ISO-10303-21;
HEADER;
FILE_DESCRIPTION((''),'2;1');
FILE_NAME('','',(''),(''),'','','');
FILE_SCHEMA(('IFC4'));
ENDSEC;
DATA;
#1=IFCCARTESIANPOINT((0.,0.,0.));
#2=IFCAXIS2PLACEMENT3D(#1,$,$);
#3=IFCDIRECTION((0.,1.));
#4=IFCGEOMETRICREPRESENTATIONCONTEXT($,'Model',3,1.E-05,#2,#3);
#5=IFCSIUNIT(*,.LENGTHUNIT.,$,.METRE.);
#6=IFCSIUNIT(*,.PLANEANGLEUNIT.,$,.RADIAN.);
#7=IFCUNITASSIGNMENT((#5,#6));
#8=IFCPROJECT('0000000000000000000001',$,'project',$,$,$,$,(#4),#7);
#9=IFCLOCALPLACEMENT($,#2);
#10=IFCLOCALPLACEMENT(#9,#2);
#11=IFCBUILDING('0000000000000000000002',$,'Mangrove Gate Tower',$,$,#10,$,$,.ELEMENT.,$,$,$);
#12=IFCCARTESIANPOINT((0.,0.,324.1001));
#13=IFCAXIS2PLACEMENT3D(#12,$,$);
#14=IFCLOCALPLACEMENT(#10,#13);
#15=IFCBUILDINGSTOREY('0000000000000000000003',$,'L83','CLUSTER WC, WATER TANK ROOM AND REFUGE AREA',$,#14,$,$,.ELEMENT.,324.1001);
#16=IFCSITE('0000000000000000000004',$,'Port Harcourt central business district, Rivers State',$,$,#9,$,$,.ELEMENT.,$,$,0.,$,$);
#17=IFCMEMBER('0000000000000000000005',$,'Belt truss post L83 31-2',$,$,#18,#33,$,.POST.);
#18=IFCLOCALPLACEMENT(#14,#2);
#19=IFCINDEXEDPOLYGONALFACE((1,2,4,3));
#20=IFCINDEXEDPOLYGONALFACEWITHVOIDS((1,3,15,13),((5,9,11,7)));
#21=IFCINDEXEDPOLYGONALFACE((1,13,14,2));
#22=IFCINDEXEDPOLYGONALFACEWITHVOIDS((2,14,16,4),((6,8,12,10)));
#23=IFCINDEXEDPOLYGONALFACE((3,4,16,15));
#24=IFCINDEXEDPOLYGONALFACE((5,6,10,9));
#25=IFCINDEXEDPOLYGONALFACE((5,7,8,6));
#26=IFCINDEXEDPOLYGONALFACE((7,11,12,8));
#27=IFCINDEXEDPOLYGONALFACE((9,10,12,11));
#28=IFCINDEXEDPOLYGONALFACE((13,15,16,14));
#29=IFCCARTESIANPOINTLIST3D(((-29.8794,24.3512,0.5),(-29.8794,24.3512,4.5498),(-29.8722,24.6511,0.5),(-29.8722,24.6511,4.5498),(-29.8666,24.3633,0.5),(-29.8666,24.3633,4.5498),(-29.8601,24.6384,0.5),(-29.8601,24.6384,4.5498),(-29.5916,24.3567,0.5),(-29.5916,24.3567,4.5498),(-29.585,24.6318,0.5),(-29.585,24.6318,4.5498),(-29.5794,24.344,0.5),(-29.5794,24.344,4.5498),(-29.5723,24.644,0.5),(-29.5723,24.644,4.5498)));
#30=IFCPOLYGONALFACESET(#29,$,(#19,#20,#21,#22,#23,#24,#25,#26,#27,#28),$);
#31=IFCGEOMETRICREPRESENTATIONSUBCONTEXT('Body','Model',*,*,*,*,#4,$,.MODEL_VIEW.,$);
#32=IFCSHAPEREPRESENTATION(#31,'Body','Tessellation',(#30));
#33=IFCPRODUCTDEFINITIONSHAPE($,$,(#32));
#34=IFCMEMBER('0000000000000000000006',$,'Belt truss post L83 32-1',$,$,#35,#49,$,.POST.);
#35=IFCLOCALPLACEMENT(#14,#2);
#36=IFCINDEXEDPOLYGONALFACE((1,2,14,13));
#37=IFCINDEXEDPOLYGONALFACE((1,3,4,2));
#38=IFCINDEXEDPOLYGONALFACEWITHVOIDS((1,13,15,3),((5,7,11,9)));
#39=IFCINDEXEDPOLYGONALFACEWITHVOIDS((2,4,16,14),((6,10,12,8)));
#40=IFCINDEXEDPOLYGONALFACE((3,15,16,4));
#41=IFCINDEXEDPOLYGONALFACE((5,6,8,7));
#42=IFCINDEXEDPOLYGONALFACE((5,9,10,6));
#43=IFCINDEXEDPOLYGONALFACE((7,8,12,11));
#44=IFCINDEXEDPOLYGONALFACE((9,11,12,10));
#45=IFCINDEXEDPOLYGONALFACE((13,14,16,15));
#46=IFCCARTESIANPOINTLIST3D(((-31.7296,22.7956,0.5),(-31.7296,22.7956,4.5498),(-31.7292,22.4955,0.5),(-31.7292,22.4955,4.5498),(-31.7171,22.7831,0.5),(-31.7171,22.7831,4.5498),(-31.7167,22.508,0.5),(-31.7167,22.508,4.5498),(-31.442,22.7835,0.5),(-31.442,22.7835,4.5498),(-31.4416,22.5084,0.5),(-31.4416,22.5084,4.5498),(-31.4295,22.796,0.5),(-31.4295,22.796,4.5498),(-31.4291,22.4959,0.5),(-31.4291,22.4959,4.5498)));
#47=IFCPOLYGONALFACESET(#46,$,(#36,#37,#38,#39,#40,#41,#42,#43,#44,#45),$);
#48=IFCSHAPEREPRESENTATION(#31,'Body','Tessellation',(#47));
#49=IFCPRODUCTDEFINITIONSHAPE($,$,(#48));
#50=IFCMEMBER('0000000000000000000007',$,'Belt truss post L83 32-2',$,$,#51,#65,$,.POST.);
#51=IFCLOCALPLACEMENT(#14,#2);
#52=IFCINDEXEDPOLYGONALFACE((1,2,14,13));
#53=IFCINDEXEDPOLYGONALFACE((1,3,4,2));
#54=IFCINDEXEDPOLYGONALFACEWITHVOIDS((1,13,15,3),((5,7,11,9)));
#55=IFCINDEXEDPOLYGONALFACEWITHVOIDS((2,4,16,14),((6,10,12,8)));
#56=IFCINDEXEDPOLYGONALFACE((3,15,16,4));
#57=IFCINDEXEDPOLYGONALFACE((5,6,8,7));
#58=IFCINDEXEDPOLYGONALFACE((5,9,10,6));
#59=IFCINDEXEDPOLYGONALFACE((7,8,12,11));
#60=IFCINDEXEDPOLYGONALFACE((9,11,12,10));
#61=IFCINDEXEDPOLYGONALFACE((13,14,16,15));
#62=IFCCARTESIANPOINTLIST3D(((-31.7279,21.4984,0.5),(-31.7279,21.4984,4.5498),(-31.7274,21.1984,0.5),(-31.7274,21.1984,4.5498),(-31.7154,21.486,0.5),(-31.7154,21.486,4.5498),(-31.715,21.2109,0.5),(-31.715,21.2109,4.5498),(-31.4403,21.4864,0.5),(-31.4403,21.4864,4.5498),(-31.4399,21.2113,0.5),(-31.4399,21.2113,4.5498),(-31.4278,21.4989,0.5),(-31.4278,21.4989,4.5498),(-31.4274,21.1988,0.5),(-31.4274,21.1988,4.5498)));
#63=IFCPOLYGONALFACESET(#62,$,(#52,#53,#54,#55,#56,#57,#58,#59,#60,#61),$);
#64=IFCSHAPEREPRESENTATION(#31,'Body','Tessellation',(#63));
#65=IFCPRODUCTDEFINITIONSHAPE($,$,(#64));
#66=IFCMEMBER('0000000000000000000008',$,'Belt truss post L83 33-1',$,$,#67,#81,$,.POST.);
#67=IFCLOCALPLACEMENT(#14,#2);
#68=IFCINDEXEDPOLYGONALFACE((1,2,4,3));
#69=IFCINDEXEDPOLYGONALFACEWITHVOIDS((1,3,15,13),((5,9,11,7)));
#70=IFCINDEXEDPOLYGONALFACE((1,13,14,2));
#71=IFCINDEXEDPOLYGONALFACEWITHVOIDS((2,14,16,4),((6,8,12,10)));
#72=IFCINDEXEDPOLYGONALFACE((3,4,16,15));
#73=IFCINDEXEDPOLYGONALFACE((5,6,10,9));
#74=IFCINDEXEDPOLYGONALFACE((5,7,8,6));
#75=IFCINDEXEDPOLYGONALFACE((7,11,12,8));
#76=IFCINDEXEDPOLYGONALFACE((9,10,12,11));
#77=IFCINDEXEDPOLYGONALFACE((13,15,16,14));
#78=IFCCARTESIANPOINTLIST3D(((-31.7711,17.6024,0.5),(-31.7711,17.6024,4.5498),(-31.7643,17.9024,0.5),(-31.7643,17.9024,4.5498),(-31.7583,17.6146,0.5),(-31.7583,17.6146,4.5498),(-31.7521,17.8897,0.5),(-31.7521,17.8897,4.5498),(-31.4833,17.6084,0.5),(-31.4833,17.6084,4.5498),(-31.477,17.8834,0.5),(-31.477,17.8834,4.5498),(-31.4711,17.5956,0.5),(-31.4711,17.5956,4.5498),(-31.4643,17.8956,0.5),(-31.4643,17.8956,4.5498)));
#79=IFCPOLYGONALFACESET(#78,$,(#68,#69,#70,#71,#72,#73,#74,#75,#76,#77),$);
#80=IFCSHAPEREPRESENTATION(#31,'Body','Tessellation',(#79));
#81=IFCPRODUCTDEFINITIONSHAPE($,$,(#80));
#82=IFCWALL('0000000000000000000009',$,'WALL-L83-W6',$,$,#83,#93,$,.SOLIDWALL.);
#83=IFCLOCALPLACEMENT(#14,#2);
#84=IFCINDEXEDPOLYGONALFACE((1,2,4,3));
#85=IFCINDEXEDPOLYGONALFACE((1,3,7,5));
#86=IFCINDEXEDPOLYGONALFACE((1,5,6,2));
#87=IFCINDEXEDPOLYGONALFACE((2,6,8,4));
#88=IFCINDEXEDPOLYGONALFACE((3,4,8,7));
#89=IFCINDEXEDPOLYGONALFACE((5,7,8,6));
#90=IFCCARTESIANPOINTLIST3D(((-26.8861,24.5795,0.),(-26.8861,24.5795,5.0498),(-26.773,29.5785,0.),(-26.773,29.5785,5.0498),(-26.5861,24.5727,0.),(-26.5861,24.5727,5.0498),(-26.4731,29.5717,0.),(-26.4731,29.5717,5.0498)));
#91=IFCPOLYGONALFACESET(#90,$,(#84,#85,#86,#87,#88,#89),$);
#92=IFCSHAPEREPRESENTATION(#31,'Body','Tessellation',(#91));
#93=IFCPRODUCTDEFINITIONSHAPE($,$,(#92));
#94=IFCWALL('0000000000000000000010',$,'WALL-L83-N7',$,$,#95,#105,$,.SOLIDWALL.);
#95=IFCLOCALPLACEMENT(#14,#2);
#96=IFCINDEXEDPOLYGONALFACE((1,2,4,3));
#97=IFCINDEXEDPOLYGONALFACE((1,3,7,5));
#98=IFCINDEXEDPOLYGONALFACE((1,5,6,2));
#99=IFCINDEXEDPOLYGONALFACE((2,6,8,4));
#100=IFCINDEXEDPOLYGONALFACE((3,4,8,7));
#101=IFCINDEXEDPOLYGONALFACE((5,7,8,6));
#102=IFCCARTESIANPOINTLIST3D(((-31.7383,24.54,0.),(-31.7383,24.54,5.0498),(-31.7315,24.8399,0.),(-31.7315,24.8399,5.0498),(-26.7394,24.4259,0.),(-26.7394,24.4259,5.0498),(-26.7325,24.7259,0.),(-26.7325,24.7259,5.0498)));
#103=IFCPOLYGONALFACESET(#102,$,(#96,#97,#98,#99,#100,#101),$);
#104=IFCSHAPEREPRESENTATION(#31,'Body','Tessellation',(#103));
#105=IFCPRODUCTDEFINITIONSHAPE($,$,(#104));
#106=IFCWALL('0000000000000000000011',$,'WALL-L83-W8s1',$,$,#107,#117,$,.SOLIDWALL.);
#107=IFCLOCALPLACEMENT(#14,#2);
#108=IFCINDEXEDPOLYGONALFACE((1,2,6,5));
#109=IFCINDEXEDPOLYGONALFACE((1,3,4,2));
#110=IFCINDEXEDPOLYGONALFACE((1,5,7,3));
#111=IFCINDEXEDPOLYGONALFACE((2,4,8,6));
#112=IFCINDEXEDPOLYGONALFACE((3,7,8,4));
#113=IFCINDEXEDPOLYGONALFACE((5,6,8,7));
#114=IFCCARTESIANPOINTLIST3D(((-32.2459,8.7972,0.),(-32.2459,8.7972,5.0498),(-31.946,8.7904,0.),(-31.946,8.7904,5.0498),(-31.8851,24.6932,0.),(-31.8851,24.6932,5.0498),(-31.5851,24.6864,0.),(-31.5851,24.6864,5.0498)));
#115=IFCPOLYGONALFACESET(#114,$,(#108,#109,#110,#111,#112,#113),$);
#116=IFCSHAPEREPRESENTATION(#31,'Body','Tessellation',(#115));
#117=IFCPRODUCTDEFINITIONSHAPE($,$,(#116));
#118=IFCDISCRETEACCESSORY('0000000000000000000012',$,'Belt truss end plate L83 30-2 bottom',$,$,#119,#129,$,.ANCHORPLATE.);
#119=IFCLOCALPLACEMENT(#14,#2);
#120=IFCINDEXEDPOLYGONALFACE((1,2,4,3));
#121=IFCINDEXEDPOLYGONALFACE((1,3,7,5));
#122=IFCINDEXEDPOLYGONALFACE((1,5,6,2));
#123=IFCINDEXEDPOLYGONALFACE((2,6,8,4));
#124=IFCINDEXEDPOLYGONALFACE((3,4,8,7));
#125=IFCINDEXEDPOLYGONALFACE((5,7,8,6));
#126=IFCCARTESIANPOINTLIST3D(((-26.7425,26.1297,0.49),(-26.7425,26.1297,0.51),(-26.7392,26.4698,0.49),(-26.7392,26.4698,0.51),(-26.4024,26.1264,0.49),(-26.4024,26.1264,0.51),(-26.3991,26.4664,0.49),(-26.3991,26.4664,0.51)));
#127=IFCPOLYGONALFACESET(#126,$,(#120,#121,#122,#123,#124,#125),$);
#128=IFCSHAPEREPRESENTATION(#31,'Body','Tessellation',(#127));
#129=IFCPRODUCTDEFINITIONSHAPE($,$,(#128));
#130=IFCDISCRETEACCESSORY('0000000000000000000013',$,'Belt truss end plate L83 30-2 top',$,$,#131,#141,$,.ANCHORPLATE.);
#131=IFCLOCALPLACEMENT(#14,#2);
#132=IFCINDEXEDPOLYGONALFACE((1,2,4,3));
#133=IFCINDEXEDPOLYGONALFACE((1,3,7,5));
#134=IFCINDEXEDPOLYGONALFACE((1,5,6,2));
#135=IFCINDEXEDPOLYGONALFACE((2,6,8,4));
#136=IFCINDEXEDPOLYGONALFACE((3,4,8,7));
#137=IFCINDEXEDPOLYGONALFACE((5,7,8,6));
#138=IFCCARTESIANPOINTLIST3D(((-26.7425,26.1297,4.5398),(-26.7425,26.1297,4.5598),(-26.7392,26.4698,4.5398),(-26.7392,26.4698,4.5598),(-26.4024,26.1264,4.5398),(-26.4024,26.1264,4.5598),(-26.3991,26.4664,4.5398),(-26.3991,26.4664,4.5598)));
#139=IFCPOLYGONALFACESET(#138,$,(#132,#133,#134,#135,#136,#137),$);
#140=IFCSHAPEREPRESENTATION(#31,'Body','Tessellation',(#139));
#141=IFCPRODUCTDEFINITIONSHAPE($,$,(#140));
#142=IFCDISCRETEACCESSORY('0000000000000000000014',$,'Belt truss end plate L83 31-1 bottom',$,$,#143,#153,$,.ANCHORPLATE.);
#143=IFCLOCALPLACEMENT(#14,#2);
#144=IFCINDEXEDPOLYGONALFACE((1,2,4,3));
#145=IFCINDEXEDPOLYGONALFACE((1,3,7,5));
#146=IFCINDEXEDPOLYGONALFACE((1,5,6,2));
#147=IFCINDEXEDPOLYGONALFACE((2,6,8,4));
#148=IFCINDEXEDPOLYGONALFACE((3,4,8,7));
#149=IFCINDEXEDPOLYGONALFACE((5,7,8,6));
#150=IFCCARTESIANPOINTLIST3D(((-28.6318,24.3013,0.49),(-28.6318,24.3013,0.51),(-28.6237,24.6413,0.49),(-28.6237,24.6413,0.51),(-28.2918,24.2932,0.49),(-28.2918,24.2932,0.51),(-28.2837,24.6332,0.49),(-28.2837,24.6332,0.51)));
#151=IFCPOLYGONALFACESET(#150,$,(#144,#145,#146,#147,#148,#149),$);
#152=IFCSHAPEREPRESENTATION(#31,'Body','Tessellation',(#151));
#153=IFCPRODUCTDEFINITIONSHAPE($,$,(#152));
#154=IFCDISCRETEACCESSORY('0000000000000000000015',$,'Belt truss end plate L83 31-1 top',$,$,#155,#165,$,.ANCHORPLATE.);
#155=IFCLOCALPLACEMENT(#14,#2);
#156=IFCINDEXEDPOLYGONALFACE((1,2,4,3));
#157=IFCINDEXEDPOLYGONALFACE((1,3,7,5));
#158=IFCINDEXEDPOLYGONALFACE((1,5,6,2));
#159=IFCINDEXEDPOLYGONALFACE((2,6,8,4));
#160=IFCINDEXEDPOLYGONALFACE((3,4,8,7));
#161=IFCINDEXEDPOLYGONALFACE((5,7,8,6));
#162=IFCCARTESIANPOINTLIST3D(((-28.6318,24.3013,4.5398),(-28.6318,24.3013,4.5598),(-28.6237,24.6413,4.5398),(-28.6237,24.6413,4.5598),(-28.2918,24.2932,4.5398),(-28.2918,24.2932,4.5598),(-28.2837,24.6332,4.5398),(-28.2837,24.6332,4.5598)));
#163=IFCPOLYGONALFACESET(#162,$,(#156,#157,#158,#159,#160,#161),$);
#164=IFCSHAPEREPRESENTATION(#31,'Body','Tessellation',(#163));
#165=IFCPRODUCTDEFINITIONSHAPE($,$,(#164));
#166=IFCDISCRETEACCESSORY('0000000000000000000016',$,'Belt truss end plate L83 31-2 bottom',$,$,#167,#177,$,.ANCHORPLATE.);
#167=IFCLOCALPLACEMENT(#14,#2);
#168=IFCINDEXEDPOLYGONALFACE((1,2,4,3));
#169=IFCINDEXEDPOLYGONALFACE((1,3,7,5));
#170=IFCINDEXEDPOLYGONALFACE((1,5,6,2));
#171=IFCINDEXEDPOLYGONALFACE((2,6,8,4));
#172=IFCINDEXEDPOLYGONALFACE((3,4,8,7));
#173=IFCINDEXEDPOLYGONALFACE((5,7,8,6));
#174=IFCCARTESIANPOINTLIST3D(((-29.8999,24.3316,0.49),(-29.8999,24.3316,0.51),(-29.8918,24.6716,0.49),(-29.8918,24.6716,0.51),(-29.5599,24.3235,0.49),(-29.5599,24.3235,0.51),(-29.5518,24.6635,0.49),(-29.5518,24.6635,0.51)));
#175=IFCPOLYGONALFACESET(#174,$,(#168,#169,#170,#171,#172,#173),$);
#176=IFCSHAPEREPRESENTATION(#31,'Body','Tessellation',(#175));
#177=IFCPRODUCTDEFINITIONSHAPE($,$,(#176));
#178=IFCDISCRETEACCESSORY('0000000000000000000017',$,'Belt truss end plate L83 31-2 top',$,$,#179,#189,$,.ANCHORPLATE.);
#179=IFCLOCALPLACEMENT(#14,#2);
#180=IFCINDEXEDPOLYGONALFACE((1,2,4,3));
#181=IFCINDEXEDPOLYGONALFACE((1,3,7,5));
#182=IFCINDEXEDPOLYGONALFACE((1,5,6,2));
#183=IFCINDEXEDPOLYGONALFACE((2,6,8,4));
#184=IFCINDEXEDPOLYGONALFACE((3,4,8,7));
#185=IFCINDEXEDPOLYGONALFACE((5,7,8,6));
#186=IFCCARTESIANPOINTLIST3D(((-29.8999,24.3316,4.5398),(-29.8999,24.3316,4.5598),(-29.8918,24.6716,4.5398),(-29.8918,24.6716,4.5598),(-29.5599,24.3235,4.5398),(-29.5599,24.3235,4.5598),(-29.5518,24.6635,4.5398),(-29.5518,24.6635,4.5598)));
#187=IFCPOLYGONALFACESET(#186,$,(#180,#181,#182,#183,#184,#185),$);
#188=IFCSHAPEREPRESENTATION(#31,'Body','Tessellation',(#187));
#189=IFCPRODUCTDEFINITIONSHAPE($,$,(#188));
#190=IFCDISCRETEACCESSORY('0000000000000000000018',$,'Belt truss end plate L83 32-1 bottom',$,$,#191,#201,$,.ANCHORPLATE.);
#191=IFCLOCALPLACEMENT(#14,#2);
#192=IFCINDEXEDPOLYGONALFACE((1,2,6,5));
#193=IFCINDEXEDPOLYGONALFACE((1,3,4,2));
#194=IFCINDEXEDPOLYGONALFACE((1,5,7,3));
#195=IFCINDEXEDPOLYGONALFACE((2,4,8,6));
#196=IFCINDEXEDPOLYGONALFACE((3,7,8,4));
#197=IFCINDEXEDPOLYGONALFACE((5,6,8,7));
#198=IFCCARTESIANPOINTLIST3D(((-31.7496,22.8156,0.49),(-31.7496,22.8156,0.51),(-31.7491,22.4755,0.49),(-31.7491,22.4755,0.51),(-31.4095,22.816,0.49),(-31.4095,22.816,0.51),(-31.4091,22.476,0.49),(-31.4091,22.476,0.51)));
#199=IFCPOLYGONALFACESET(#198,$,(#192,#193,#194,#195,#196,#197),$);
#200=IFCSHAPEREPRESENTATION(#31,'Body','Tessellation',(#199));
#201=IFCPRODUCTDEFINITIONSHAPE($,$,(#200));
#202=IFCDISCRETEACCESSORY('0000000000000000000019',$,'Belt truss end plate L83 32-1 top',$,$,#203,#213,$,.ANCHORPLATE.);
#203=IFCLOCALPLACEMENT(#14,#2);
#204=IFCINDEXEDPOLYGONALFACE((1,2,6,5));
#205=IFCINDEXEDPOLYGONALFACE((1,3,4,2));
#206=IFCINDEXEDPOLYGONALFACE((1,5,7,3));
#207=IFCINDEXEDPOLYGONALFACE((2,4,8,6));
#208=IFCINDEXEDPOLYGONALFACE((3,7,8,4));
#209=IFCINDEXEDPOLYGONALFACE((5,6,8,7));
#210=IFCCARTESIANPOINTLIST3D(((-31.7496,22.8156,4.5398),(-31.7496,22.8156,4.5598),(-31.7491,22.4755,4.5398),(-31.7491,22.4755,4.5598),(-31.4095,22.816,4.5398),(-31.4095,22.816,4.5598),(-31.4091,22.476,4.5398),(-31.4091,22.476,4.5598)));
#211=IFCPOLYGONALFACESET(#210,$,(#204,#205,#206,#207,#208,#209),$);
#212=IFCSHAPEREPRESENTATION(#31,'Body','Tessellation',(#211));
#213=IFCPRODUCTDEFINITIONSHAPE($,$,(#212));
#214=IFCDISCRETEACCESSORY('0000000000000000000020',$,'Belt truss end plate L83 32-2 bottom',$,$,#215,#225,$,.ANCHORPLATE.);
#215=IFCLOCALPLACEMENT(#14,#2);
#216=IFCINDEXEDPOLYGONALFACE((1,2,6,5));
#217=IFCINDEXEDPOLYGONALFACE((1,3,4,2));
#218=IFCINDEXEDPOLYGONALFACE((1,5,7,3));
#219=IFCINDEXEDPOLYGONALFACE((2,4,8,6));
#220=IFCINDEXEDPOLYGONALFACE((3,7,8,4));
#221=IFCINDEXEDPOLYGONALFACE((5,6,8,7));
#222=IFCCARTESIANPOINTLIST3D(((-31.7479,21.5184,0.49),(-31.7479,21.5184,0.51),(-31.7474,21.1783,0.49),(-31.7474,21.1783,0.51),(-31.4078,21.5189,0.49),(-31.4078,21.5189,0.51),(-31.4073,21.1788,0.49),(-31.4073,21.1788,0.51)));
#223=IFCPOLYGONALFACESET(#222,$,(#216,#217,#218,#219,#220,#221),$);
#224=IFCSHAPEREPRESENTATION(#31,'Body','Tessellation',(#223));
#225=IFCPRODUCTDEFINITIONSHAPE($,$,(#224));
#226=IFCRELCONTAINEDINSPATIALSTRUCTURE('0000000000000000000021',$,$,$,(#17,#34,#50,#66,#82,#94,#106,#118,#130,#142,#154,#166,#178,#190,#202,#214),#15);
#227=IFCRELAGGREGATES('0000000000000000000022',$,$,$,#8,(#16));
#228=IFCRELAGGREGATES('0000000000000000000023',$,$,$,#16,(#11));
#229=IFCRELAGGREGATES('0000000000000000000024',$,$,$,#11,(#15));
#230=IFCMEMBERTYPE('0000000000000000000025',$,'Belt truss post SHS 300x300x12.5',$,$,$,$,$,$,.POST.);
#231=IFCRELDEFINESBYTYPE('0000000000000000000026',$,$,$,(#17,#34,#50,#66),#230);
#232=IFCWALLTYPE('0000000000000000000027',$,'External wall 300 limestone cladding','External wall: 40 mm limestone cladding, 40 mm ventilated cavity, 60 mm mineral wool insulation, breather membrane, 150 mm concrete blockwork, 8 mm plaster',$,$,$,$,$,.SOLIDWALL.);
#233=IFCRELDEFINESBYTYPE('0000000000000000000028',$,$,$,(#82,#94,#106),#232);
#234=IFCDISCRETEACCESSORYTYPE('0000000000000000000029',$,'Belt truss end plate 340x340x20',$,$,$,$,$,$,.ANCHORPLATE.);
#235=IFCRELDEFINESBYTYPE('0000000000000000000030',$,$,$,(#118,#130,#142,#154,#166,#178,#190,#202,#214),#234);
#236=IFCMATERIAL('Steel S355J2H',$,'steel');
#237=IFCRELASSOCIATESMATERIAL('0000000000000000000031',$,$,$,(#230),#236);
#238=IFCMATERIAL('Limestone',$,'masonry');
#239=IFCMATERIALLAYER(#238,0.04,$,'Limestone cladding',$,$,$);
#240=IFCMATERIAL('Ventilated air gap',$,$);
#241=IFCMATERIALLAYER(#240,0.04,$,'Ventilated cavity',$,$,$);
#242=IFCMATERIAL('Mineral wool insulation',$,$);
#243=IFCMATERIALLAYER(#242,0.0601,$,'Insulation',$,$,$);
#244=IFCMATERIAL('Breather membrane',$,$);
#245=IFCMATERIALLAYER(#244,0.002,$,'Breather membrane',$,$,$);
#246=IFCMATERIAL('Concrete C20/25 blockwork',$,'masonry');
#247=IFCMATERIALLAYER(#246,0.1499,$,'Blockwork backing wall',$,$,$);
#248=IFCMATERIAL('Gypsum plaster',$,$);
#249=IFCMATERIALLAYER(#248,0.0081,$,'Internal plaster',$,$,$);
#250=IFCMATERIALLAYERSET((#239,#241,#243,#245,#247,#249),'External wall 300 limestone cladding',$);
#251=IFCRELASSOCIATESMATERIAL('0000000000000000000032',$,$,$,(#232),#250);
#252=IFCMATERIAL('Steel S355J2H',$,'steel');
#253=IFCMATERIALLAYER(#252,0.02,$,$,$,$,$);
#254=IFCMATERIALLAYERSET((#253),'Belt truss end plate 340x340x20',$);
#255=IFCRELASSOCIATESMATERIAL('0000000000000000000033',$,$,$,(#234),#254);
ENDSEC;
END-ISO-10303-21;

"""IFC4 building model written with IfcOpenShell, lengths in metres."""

from ifc_helpers import new_model, si_unit, direction, frame, frame_2d, origin, origin_2d, place, context, subcontext, project, spatial, rectangle, hollow_rectangle, extrude, material, layer, layer_set, material_profile, profile_set, type_object, element, save


model = new_model("IFC4")

# Units and contexts
model_context = context("Model", 3, precision=1e-05, world=origin(), true_north=direction((0.0, 1.0)))
body_context = subcontext(model_context, "Body", "Model", "MODEL_VIEW")
ifc_project = project(units=[si_unit("LENGTHUNIT", "METRE"), si_unit("PLANEANGLEUNIT", "RADIAN")], contexts=[model_context])

# Site, building, storey
site_placement = place(None, origin())
site = spatial("IfcSite", under=ifc_project, at=site_placement, Name="Port Harcourt central business district, Rivers State", CompositionType="ELEMENT", RefElevation=0.0)
building_placement = place(site_placement, origin())
building = spatial("IfcBuilding", under=site, at=building_placement, Name="Mangrove Gate Tower", CompositionType="ELEMENT")
storey_placement = place(building_placement, frame((0.0, 0.0, 324.1001)))
storey = spatial("IfcBuildingStorey", under=building, at=storey_placement, Name="L83", Description="CLUSTER WC, WATER TANK ROOM AND REFUGE AREA", CompositionType="ELEMENT", Elevation=324.1001)

# Members
ifc_material_1 = material(Name="Steel S355J2H", Category="steel")
ifc_material_profile_1 = material_profile(ifc_material_1, hollow_rectangle(XDim=0.3, YDim=0.3, WallThickness=0.0125, at=origin_2d()))
ifc_profile_set_1 = profile_set([ifc_material_profile_1], Name="Steel S355J2H")
member_type_1 = type_object("IfcMemberType", Name="Belt truss post SHS 300x300x12.5", PredefinedType="POST", material=ifc_profile_set_1)
for number, where, z_axis, x_axis, name in (
    (1, (-29.7258, 24.4976, 0.5), (0.0, 0.0, 1.0), (-0.999716, 0.023847, 0.0), "Belt truss post L83 31-2"),
    (2, (-31.5793, 22.6458, 0.5), (0.0, 0.0, 1.0), (0.001434, -0.999999, 0.0), "Belt truss post L83 32-1"),
    (3, (-31.5776, 21.3486, 0.5), (0.0, 0.0, 1.0), (0.001434, -0.999999, 0.0), "Belt truss post L83 32-2"),
    (4, (-31.6177, 17.749, 0.5), (0.0, 0.0, 1.0), (-0.022656, -0.999743, 0.0), "Belt truss post L83 33-1"),
):
    element("IfcMember", number, at=place(storey_placement, frame(where, z_axis=z_axis, x_axis=x_axis)), inside=storey, type_object=member_type_1, Name=name, PredefinedType="POST", context=body_context, shape_type="SweptSolid", body=[
        extrude(hollow_rectangle(XDim=0.3, YDim=0.3, WallThickness=0.0125, at=origin_2d()), origin(), (0.0, 0.0, 1.0), 4.0498),
    ])

# Walls
ifc_material_2 = material(Name="Limestone", Category="masonry")
ifc_layer_1 = layer(ifc_material_2, 0.04, Name="Limestone cladding")
ifc_material_3 = material(Name="Ventilated air gap")
ifc_layer_2 = layer(ifc_material_3, 0.04, Name="Ventilated cavity")
ifc_material_4 = material(Name="Mineral wool insulation")
ifc_layer_3 = layer(ifc_material_4, 0.0601, Name="Insulation")
ifc_material_5 = material(Name="Breather membrane")
ifc_layer_4 = layer(ifc_material_5, 0.002, Name="Breather membrane")
ifc_material_6 = material(Name="Concrete C20/25 blockwork", Category="masonry")
ifc_layer_5 = layer(ifc_material_6, 0.1499, Name="Blockwork backing wall")
ifc_material_7 = material(Name="Gypsum plaster")
ifc_layer_6 = layer(ifc_material_7, 0.0081, Name="Internal plaster")
ifc_layer_set_1 = layer_set([ifc_layer_1, ifc_layer_2, ifc_layer_3, ifc_layer_4, ifc_layer_5, ifc_layer_6], Name="External wall 300 limestone cladding")
wall_type = type_object("IfcWallType", Name="External wall 300 limestone cladding", Description="External wall: 40 mm limestone cladding, 40 mm ventilated cavity, 60 mm mineral wool insulation, breather membrane, 150 mm concrete blockwork, 8 mm plaster", PredefinedType="SOLIDWALL", material=ifc_layer_set_1)
for number, where, z_axis, x_axis, name in (
    (5, (-26.623, 29.575, 0.0), (0.0, 0.0, 1.0), (-0.022606, -0.999744, 0.0), "WALL-L83-W6"),
    (6, (-26.7361, 24.5759, 0.0), (0.0, 0.0, 1.0), (-0.99974, 0.022801, 0.0), "WALL-L83-N7"),
):
    element("IfcWall", number, at=place(storey_placement, frame(where, z_axis=z_axis, x_axis=x_axis)), inside=storey, type_object=wall_type, Name=name, PredefinedType="SOLIDWALL", context=body_context, shape_type="SweptSolid", body=[
        extrude(rectangle(XDim=5.0002, YDim=0.3, at=frame_2d((2.5, 0.0))), origin(), (0.0, 0.0, 1.0), 5.0498),
    ])
wall_placement = place(storey_placement, frame((-31.7351, 24.6899, 0.0), z_axis=(0.0, 0.0, 1.0), x_axis=(-0.022694, -0.999742, 0.0)))
element("IfcWall", 7, at=wall_placement, inside=storey, type_object=wall_type, Name="WALL-L83-W8s1", PredefinedType="SOLIDWALL", context=body_context, shape_type="SweptSolid", body=[
    extrude(rectangle(XDim=15.9001, YDim=0.3, at=frame_2d((7.9502, 0.0))), origin(), (0.0, 0.0, 1.0), 5.0498),
])

# Discrete accessories
ifc_material_8 = material(Name="Steel S355J2H", Category="steel")
ifc_layer_7 = layer(ifc_material_8, 0.02)
ifc_layer_set_2 = layer_set([ifc_layer_7], Name="Belt truss end plate 340x340x20")
discrete_accessory_type = type_object("IfcDiscreteAccessoryType", Name="Belt truss end plate 340x340x20", PredefinedType="ANCHORPLATE", material=ifc_layer_set_2)
for number, where, z_axis, x_axis, name in (
    (8, (-26.5708, 26.2981, 0.49), (0.0, 0.0, 1.0), (-0.009904, -0.999951, 0.0), "Belt truss end plate L83 30-2 bottom"),
    (9, (-26.5708, 26.2981, 4.5398), (0.0, 0.0, 1.0), (-0.009904, -0.999951, 0.0), "Belt truss end plate L83 30-2 top"),
    (10, (-28.4578, 24.4673, 0.49), (0.0, 0.0, 1.0), (-0.999716, 0.023847, 0.0), "Belt truss end plate L83 31-1 bottom"),
    (11, (-28.4578, 24.4673, 4.5398), (0.0, 0.0, 1.0), (-0.999716, 0.023847, 0.0), "Belt truss end plate L83 31-1 top"),
    (12, (-29.7258, 24.4976, 0.49), (0.0, 0.0, 1.0), (-0.999716, 0.023847, 0.0), "Belt truss end plate L83 31-2 bottom"),
    (13, (-29.7258, 24.4976, 4.5398), (0.0, 0.0, 1.0), (-0.999716, 0.023847, 0.0), "Belt truss end plate L83 31-2 top"),
    (14, (-31.5793, 22.6458, 0.49), (0.0, 0.0, 1.0), (0.001434, -0.999999, 0.0), "Belt truss end plate L83 32-1 bottom"),
    (15, (-31.5793, 22.6458, 4.5398), (0.0, 0.0, 1.0), (0.001434, -0.999999, 0.0), "Belt truss end plate L83 32-1 top"),
    (16, (-31.5776, 21.3486, 0.49), (0.0, 0.0, 1.0), (0.001434, -0.999999, 0.0), "Belt truss end plate L83 32-2 bottom"),
):
    element("IfcDiscreteAccessory", number, at=place(storey_placement, frame(where, z_axis=z_axis, x_axis=x_axis)), inside=storey, type_object=discrete_accessory_type, Name=name, PredefinedType="ANCHORPLATE", context=body_context, shape_type="SweptSolid", body=[
        extrude(rectangle(XDim=0.3401, YDim=0.3401, at=origin_2d()), origin(), (0.0, 0.0, 1.0), 0.02),
    ])

save(model, "model.ifc")
